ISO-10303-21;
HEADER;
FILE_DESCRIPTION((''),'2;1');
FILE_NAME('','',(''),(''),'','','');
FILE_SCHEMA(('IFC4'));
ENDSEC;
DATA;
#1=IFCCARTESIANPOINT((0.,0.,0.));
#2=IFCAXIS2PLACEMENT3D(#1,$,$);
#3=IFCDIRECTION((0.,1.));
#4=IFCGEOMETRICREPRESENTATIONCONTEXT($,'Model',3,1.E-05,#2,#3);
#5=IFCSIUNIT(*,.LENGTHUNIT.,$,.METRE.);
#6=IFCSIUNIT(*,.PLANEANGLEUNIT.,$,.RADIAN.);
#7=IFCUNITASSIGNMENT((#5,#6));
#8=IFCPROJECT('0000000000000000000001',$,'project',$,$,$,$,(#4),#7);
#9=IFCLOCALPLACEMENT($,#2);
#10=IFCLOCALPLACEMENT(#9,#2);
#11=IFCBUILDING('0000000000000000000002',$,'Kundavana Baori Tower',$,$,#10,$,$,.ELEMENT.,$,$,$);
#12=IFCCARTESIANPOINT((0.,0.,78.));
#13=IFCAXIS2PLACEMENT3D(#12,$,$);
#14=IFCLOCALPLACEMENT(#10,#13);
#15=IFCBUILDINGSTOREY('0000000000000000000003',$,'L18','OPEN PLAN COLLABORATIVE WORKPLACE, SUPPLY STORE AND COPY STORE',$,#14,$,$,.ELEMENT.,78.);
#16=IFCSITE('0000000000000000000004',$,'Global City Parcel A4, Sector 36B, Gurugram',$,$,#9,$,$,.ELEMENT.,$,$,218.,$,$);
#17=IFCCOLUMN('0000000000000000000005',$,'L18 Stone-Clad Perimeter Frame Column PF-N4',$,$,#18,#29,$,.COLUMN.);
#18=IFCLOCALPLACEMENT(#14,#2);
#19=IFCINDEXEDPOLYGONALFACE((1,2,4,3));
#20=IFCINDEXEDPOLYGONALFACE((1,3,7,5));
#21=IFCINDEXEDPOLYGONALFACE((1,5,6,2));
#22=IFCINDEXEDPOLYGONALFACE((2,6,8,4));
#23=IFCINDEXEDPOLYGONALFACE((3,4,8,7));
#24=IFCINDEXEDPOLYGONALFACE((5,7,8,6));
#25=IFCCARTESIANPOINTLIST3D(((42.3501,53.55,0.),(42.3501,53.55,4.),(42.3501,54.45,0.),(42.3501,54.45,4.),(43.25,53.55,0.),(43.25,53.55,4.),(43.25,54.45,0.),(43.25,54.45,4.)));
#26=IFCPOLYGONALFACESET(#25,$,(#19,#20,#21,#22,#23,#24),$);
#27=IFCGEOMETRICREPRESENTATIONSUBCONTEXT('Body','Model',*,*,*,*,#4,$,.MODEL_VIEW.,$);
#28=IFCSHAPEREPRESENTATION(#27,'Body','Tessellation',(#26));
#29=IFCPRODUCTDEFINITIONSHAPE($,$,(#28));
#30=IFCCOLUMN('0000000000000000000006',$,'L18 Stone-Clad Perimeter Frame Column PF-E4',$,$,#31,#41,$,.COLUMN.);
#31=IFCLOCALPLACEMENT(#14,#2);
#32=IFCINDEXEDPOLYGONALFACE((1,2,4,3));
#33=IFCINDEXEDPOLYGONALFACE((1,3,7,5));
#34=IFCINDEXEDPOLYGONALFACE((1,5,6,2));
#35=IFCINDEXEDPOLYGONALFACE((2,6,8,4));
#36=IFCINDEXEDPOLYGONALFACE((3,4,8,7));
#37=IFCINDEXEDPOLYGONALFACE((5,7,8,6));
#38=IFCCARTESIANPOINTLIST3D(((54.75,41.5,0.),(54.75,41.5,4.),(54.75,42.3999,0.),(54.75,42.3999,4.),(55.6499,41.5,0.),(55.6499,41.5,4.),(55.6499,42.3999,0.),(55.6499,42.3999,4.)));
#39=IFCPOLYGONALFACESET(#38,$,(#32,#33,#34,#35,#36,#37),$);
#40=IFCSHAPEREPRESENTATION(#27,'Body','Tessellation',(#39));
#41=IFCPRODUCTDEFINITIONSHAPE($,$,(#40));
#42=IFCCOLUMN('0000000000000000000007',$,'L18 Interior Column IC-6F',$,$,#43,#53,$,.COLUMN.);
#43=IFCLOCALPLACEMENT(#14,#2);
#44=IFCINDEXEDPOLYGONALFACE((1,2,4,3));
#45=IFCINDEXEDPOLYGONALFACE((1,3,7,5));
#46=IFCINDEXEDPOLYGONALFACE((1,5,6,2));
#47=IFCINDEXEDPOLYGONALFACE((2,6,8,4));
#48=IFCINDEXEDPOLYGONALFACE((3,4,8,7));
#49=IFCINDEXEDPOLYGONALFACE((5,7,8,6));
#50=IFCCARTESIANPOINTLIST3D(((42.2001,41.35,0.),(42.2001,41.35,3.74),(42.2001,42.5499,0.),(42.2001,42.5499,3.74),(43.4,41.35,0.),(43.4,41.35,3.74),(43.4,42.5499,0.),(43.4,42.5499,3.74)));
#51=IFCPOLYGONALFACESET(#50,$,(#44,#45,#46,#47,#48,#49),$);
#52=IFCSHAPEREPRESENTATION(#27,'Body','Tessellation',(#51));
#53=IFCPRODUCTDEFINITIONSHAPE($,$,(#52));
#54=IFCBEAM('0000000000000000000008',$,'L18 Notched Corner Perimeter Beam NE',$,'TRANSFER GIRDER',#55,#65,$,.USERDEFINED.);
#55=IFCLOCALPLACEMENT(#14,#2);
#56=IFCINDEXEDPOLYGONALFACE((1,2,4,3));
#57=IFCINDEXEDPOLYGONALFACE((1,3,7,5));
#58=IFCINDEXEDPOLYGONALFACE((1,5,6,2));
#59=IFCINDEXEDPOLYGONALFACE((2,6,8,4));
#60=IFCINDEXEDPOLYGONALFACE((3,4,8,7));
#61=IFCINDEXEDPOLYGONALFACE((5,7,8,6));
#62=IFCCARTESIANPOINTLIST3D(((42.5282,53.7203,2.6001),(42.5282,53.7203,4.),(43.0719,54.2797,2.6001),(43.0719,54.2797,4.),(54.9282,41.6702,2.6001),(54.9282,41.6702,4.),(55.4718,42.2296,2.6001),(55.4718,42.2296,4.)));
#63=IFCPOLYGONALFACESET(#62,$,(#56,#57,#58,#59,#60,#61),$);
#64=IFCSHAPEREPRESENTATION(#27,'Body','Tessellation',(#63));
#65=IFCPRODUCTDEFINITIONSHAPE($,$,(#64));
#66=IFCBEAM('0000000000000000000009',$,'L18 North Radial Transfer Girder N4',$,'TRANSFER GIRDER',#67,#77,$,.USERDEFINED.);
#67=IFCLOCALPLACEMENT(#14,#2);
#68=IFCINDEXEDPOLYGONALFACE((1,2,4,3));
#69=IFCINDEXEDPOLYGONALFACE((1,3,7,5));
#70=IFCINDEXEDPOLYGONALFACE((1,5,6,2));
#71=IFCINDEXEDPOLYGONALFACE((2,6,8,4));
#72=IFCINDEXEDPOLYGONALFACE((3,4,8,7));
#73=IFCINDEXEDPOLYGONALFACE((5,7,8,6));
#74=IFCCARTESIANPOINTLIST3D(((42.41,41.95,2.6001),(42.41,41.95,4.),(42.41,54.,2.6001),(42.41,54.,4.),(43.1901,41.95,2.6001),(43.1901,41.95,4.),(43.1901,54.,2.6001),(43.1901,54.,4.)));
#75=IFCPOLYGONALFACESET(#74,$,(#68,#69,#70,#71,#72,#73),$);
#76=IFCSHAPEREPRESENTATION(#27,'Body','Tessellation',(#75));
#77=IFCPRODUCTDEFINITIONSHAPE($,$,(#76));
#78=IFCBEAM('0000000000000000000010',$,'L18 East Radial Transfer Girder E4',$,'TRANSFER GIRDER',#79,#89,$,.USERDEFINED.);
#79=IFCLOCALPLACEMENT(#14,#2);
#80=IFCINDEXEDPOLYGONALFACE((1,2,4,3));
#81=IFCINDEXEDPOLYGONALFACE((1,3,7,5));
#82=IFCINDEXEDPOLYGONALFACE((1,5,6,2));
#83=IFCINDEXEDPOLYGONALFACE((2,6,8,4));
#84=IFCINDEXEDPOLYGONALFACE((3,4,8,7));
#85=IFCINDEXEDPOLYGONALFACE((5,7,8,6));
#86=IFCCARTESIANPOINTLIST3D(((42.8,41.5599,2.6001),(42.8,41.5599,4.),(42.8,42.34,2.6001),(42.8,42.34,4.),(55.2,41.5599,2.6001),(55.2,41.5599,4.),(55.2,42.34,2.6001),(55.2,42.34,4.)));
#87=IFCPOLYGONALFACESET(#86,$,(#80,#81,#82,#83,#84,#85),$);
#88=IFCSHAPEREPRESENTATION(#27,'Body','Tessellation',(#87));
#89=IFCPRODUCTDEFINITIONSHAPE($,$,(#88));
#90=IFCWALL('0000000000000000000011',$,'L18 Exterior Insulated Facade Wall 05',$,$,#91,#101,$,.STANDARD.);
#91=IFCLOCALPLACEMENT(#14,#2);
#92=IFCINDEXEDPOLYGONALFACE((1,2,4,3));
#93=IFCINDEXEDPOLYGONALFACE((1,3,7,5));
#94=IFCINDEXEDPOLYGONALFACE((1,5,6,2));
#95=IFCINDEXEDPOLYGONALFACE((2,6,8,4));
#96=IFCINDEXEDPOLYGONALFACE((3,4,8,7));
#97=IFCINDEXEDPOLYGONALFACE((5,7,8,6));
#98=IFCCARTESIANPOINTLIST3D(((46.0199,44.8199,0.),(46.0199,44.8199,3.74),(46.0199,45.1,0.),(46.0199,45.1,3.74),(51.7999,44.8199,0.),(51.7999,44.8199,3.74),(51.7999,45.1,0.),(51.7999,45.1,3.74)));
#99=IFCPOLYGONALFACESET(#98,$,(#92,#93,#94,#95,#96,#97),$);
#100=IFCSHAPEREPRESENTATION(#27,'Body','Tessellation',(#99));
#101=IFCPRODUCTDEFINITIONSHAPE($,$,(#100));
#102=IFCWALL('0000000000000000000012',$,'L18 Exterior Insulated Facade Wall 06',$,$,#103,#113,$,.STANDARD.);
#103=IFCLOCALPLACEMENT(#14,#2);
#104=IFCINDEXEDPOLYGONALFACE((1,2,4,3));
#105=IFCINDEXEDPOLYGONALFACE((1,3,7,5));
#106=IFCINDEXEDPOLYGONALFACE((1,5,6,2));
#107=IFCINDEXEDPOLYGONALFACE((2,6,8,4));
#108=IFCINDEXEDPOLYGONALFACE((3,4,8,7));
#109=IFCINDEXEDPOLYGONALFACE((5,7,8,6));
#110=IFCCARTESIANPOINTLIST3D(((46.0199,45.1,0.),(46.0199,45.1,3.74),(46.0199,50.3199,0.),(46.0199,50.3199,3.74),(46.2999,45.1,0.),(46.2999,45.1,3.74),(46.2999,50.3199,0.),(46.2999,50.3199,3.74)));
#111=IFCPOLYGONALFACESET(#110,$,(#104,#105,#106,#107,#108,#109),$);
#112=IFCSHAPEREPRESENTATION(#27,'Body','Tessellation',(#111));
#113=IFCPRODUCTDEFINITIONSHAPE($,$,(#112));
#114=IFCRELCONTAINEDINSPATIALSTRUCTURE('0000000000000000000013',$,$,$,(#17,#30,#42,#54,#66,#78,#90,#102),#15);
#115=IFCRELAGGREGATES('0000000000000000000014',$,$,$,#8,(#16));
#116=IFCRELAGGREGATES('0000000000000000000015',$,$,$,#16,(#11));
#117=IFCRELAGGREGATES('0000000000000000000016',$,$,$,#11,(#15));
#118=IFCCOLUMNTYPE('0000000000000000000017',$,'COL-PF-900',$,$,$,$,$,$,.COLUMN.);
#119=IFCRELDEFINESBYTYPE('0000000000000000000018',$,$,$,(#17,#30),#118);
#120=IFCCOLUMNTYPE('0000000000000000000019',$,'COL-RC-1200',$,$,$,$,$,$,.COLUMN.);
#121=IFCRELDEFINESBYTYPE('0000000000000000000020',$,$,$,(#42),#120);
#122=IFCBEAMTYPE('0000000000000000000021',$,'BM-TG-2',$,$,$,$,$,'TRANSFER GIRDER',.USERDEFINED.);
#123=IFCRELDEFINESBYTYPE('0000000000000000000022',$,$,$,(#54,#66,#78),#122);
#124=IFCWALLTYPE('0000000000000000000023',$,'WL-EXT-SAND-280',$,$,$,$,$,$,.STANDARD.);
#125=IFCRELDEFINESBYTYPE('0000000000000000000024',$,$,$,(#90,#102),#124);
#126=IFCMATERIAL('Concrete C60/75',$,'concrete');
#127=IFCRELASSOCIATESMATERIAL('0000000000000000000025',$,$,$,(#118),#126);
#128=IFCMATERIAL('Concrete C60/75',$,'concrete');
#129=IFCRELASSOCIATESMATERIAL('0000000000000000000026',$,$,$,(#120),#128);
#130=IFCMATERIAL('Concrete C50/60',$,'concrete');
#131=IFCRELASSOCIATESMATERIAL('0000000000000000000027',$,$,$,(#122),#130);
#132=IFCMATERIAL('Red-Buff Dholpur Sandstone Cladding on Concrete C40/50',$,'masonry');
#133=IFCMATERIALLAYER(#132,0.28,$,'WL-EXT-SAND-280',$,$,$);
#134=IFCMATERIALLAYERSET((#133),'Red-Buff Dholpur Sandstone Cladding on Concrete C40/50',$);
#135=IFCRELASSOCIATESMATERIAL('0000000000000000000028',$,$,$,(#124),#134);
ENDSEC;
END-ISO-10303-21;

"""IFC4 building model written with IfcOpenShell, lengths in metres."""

from ifc_helpers import new_model, si_unit, direction, frame, frame_2d, origin, origin_2d, place, context, subcontext, project, spatial, rectangle, extrude, material, layer, layer_set, material_profile, profile_set, type_object, element, save


model = new_model("IFC4")

# Units and contexts
model_context = context("Model", 3, precision=1e-05, world=origin(), true_north=direction((0.0, 1.0)))
body_context = subcontext(model_context, "Body", "Model", "MODEL_VIEW")
ifc_project = project(units=[si_unit("LENGTHUNIT", "METRE"), si_unit("PLANEANGLEUNIT", "RADIAN")], contexts=[model_context])

# Site, building, storey
site_placement = place(None, origin())
site = spatial("IfcSite", under=ifc_project, at=site_placement, Name="Global City Parcel A4, Sector 36B, Gurugram", CompositionType="ELEMENT", RefElevation=218.0)
building_placement = place(site_placement, origin())
building = spatial("IfcBuilding", under=site, at=building_placement, Name="Kundavana Baori Tower", CompositionType="ELEMENT")
storey_placement = place(building_placement, frame((0.0, 0.0, 78.0)))
storey = spatial("IfcBuildingStorey", under=building, at=storey_placement, Name="L18", Description="OPEN PLAN COLLABORATIVE WORKPLACE, SUPPLY STORE AND COPY STORE", CompositionType="ELEMENT", Elevation=78.0)

# Columns
ifc_material_1 = material(Name="Concrete C60/75", Category="concrete")
ifc_material_profile_1 = material_profile(ifc_material_1, rectangle(XDim=0.8999, YDim=0.8999, at=origin_2d()), Name="RC PF 900x900")
ifc_profile_set_1 = profile_set([ifc_material_profile_1], Name="Concrete C60/75")
column_type_1 = type_object("IfcColumnType", Name="COL-PF-900", PredefinedType="COLUMN", material=ifc_profile_set_1)
for number, where, z_axis, x_axis, name in (
    (1, (42.8, 54.0, 0.0), (0.0, 0.0, 1.0), (1.0, 0.0, 0.0), "L18 Stone-Clad Perimeter Frame Column PF-N4"),
    (2, (55.2, 41.95, 0.0), (0.0, 0.0, 1.0), (1.0, 0.0, 0.0), "L18 Stone-Clad Perimeter Frame Column PF-E4"),
):
    element("IfcColumn", number, at=place(storey_placement, frame(where, z_axis=z_axis, x_axis=x_axis)), inside=storey, type_object=column_type_1, Name=name, PredefinedType="COLUMN", context=body_context, shape_type="SweptSolid", body=[
        extrude(rectangle(XDim=0.8999, YDim=0.8999, at=origin_2d()), origin(), (0.0, 0.0, 1.0), 4.0),
    ])
ifc_material_2 = material(Name="Concrete C60/75", Category="concrete")
ifc_material_profile_2 = material_profile(ifc_material_2, rectangle(XDim=1.2, YDim=1.2, at=origin_2d()), Name="RC 1200x1200")
ifc_profile_set_2 = profile_set([ifc_material_profile_2], Name="Concrete C60/75")
column_type_2 = type_object("IfcColumnType", Name="COL-RC-1200", PredefinedType="COLUMN", material=ifc_profile_set_2)
column_placement = place(storey_placement, frame((42.8, 41.95, 0.0), z_axis=(0.0, 0.0, 1.0), x_axis=(1.0, 0.0, 0.0)))
element("IfcColumn", 3, at=column_placement, inside=storey, type_object=column_type_2, Name="L18 Interior Column IC-6F", PredefinedType="COLUMN", context=body_context, shape_type="SweptSolid", body=[
    extrude(rectangle(XDim=1.2, YDim=1.2, at=origin_2d()), origin(), (0.0, 0.0, 1.0), 3.74),
])

# Beams
ifc_material_3 = material(Name="Concrete C50/60", Category="concrete")
ifc_material_profile_3 = material_profile(ifc_material_3, rectangle(XDim=0.78, YDim=1.3999, at=origin_2d()), Name="BM-TG-2")
ifc_profile_set_3 = profile_set([ifc_material_profile_3], Name="Concrete C50/60")
beam_type = type_object("IfcBeamType", Name="BM-TG-2", ElementType="TRANSFER GIRDER", PredefinedType="USERDEFINED", material=ifc_profile_set_3)
beam_1_placement = place(storey_placement, frame((42.8, 54.0, 3.3), z_axis=(0.717151, -0.696917, 0.0), x_axis=(0.696917, 0.717151, 0.0)))
element("IfcBeam", 4, at=beam_1_placement, inside=storey, type_object=beam_type, Name="L18 Notched Corner Perimeter Beam NE", ObjectType="TRANSFER GIRDER", PredefinedType="USERDEFINED", context=body_context, shape_type="SweptSolid", body=[
    extrude(rectangle(XDim=0.78, YDim=1.3999, at=origin_2d()), origin(), (0.0, 0.0, 1.0), 17.2905),
])
beam_2_placement = place(storey_placement, frame((42.8, 41.95, 3.3), z_axis=(0.0, 1.0, 0.0), x_axis=(-1.0, 0.0, 0.0)))
element("IfcBeam", 5, at=beam_2_placement, inside=storey, type_object=beam_type, Name="L18 North Radial Transfer Girder N4", ObjectType="TRANSFER GIRDER", PredefinedType="USERDEFINED", context=body_context, shape_type="SweptSolid", body=[
    extrude(rectangle(XDim=0.78, YDim=1.3999, at=origin_2d()), origin(), (0.0, 0.0, 1.0), 12.05),
])
beam_3_placement = place(storey_placement, frame((42.8, 41.95, 3.3), z_axis=(1.0, 0.0, 0.0), x_axis=(0.0, 1.0, 0.0)))
element("IfcBeam", 6, at=beam_3_placement, inside=storey, type_object=beam_type, Name="L18 East Radial Transfer Girder E4", ObjectType="TRANSFER GIRDER", PredefinedType="USERDEFINED", context=body_context, shape_type="SweptSolid", body=[
    extrude(rectangle(XDim=0.78, YDim=1.3999, at=origin_2d()), origin(), (0.0, 0.0, 1.0), 12.3999),
])

# Walls
ifc_material_4 = material(Name="Red-Buff Dholpur Sandstone Cladding on Concrete C40/50", Category="masonry")
ifc_layer_1 = layer(ifc_material_4, 0.28, Name="WL-EXT-SAND-280")
ifc_layer_set_1 = layer_set([ifc_layer_1], Name="Red-Buff Dholpur Sandstone Cladding on Concrete C40/50")
wall_type_1 = type_object("IfcWallType", Name="WL-EXT-SAND-280", PredefinedType="STANDARD", material=ifc_layer_set_1)
wall_1_placement = place(storey_placement, frame((51.8, 44.96, 0.0), z_axis=(0.0, 0.0, 1.0), x_axis=(-1.0, 0.0, 0.0)))
element("IfcWall", 7, at=wall_1_placement, inside=storey, type_object=wall_type_1, Name="L18 Exterior Insulated Facade Wall 05", PredefinedType="STANDARD", context=body_context, shape_type="SweptSolid", body=[
    extrude(rectangle(XDim=5.78, YDim=0.28, at=frame_2d((2.8901, 0.0))), origin(), (0.0, 0.0, 1.0), 3.74),
])
wall_2_placement = place(storey_placement, frame((46.1599, 45.1001, 0.0), z_axis=(0.0, 0.0, 1.0), x_axis=(0.0, 1.0, 0.0)))
element("IfcWall", 8, at=wall_2_placement, inside=storey, type_object=wall_type_1, Name="L18 Exterior Insulated Facade Wall 06", PredefinedType="STANDARD", context=body_context, shape_type="SweptSolid", body=[
    extrude(rectangle(XDim=5.22, YDim=0.28, at=frame_2d((2.6099, 0.0))), origin(), (0.0, 0.0, 1.0), 3.74),
])

save(model, "model.ifc")
